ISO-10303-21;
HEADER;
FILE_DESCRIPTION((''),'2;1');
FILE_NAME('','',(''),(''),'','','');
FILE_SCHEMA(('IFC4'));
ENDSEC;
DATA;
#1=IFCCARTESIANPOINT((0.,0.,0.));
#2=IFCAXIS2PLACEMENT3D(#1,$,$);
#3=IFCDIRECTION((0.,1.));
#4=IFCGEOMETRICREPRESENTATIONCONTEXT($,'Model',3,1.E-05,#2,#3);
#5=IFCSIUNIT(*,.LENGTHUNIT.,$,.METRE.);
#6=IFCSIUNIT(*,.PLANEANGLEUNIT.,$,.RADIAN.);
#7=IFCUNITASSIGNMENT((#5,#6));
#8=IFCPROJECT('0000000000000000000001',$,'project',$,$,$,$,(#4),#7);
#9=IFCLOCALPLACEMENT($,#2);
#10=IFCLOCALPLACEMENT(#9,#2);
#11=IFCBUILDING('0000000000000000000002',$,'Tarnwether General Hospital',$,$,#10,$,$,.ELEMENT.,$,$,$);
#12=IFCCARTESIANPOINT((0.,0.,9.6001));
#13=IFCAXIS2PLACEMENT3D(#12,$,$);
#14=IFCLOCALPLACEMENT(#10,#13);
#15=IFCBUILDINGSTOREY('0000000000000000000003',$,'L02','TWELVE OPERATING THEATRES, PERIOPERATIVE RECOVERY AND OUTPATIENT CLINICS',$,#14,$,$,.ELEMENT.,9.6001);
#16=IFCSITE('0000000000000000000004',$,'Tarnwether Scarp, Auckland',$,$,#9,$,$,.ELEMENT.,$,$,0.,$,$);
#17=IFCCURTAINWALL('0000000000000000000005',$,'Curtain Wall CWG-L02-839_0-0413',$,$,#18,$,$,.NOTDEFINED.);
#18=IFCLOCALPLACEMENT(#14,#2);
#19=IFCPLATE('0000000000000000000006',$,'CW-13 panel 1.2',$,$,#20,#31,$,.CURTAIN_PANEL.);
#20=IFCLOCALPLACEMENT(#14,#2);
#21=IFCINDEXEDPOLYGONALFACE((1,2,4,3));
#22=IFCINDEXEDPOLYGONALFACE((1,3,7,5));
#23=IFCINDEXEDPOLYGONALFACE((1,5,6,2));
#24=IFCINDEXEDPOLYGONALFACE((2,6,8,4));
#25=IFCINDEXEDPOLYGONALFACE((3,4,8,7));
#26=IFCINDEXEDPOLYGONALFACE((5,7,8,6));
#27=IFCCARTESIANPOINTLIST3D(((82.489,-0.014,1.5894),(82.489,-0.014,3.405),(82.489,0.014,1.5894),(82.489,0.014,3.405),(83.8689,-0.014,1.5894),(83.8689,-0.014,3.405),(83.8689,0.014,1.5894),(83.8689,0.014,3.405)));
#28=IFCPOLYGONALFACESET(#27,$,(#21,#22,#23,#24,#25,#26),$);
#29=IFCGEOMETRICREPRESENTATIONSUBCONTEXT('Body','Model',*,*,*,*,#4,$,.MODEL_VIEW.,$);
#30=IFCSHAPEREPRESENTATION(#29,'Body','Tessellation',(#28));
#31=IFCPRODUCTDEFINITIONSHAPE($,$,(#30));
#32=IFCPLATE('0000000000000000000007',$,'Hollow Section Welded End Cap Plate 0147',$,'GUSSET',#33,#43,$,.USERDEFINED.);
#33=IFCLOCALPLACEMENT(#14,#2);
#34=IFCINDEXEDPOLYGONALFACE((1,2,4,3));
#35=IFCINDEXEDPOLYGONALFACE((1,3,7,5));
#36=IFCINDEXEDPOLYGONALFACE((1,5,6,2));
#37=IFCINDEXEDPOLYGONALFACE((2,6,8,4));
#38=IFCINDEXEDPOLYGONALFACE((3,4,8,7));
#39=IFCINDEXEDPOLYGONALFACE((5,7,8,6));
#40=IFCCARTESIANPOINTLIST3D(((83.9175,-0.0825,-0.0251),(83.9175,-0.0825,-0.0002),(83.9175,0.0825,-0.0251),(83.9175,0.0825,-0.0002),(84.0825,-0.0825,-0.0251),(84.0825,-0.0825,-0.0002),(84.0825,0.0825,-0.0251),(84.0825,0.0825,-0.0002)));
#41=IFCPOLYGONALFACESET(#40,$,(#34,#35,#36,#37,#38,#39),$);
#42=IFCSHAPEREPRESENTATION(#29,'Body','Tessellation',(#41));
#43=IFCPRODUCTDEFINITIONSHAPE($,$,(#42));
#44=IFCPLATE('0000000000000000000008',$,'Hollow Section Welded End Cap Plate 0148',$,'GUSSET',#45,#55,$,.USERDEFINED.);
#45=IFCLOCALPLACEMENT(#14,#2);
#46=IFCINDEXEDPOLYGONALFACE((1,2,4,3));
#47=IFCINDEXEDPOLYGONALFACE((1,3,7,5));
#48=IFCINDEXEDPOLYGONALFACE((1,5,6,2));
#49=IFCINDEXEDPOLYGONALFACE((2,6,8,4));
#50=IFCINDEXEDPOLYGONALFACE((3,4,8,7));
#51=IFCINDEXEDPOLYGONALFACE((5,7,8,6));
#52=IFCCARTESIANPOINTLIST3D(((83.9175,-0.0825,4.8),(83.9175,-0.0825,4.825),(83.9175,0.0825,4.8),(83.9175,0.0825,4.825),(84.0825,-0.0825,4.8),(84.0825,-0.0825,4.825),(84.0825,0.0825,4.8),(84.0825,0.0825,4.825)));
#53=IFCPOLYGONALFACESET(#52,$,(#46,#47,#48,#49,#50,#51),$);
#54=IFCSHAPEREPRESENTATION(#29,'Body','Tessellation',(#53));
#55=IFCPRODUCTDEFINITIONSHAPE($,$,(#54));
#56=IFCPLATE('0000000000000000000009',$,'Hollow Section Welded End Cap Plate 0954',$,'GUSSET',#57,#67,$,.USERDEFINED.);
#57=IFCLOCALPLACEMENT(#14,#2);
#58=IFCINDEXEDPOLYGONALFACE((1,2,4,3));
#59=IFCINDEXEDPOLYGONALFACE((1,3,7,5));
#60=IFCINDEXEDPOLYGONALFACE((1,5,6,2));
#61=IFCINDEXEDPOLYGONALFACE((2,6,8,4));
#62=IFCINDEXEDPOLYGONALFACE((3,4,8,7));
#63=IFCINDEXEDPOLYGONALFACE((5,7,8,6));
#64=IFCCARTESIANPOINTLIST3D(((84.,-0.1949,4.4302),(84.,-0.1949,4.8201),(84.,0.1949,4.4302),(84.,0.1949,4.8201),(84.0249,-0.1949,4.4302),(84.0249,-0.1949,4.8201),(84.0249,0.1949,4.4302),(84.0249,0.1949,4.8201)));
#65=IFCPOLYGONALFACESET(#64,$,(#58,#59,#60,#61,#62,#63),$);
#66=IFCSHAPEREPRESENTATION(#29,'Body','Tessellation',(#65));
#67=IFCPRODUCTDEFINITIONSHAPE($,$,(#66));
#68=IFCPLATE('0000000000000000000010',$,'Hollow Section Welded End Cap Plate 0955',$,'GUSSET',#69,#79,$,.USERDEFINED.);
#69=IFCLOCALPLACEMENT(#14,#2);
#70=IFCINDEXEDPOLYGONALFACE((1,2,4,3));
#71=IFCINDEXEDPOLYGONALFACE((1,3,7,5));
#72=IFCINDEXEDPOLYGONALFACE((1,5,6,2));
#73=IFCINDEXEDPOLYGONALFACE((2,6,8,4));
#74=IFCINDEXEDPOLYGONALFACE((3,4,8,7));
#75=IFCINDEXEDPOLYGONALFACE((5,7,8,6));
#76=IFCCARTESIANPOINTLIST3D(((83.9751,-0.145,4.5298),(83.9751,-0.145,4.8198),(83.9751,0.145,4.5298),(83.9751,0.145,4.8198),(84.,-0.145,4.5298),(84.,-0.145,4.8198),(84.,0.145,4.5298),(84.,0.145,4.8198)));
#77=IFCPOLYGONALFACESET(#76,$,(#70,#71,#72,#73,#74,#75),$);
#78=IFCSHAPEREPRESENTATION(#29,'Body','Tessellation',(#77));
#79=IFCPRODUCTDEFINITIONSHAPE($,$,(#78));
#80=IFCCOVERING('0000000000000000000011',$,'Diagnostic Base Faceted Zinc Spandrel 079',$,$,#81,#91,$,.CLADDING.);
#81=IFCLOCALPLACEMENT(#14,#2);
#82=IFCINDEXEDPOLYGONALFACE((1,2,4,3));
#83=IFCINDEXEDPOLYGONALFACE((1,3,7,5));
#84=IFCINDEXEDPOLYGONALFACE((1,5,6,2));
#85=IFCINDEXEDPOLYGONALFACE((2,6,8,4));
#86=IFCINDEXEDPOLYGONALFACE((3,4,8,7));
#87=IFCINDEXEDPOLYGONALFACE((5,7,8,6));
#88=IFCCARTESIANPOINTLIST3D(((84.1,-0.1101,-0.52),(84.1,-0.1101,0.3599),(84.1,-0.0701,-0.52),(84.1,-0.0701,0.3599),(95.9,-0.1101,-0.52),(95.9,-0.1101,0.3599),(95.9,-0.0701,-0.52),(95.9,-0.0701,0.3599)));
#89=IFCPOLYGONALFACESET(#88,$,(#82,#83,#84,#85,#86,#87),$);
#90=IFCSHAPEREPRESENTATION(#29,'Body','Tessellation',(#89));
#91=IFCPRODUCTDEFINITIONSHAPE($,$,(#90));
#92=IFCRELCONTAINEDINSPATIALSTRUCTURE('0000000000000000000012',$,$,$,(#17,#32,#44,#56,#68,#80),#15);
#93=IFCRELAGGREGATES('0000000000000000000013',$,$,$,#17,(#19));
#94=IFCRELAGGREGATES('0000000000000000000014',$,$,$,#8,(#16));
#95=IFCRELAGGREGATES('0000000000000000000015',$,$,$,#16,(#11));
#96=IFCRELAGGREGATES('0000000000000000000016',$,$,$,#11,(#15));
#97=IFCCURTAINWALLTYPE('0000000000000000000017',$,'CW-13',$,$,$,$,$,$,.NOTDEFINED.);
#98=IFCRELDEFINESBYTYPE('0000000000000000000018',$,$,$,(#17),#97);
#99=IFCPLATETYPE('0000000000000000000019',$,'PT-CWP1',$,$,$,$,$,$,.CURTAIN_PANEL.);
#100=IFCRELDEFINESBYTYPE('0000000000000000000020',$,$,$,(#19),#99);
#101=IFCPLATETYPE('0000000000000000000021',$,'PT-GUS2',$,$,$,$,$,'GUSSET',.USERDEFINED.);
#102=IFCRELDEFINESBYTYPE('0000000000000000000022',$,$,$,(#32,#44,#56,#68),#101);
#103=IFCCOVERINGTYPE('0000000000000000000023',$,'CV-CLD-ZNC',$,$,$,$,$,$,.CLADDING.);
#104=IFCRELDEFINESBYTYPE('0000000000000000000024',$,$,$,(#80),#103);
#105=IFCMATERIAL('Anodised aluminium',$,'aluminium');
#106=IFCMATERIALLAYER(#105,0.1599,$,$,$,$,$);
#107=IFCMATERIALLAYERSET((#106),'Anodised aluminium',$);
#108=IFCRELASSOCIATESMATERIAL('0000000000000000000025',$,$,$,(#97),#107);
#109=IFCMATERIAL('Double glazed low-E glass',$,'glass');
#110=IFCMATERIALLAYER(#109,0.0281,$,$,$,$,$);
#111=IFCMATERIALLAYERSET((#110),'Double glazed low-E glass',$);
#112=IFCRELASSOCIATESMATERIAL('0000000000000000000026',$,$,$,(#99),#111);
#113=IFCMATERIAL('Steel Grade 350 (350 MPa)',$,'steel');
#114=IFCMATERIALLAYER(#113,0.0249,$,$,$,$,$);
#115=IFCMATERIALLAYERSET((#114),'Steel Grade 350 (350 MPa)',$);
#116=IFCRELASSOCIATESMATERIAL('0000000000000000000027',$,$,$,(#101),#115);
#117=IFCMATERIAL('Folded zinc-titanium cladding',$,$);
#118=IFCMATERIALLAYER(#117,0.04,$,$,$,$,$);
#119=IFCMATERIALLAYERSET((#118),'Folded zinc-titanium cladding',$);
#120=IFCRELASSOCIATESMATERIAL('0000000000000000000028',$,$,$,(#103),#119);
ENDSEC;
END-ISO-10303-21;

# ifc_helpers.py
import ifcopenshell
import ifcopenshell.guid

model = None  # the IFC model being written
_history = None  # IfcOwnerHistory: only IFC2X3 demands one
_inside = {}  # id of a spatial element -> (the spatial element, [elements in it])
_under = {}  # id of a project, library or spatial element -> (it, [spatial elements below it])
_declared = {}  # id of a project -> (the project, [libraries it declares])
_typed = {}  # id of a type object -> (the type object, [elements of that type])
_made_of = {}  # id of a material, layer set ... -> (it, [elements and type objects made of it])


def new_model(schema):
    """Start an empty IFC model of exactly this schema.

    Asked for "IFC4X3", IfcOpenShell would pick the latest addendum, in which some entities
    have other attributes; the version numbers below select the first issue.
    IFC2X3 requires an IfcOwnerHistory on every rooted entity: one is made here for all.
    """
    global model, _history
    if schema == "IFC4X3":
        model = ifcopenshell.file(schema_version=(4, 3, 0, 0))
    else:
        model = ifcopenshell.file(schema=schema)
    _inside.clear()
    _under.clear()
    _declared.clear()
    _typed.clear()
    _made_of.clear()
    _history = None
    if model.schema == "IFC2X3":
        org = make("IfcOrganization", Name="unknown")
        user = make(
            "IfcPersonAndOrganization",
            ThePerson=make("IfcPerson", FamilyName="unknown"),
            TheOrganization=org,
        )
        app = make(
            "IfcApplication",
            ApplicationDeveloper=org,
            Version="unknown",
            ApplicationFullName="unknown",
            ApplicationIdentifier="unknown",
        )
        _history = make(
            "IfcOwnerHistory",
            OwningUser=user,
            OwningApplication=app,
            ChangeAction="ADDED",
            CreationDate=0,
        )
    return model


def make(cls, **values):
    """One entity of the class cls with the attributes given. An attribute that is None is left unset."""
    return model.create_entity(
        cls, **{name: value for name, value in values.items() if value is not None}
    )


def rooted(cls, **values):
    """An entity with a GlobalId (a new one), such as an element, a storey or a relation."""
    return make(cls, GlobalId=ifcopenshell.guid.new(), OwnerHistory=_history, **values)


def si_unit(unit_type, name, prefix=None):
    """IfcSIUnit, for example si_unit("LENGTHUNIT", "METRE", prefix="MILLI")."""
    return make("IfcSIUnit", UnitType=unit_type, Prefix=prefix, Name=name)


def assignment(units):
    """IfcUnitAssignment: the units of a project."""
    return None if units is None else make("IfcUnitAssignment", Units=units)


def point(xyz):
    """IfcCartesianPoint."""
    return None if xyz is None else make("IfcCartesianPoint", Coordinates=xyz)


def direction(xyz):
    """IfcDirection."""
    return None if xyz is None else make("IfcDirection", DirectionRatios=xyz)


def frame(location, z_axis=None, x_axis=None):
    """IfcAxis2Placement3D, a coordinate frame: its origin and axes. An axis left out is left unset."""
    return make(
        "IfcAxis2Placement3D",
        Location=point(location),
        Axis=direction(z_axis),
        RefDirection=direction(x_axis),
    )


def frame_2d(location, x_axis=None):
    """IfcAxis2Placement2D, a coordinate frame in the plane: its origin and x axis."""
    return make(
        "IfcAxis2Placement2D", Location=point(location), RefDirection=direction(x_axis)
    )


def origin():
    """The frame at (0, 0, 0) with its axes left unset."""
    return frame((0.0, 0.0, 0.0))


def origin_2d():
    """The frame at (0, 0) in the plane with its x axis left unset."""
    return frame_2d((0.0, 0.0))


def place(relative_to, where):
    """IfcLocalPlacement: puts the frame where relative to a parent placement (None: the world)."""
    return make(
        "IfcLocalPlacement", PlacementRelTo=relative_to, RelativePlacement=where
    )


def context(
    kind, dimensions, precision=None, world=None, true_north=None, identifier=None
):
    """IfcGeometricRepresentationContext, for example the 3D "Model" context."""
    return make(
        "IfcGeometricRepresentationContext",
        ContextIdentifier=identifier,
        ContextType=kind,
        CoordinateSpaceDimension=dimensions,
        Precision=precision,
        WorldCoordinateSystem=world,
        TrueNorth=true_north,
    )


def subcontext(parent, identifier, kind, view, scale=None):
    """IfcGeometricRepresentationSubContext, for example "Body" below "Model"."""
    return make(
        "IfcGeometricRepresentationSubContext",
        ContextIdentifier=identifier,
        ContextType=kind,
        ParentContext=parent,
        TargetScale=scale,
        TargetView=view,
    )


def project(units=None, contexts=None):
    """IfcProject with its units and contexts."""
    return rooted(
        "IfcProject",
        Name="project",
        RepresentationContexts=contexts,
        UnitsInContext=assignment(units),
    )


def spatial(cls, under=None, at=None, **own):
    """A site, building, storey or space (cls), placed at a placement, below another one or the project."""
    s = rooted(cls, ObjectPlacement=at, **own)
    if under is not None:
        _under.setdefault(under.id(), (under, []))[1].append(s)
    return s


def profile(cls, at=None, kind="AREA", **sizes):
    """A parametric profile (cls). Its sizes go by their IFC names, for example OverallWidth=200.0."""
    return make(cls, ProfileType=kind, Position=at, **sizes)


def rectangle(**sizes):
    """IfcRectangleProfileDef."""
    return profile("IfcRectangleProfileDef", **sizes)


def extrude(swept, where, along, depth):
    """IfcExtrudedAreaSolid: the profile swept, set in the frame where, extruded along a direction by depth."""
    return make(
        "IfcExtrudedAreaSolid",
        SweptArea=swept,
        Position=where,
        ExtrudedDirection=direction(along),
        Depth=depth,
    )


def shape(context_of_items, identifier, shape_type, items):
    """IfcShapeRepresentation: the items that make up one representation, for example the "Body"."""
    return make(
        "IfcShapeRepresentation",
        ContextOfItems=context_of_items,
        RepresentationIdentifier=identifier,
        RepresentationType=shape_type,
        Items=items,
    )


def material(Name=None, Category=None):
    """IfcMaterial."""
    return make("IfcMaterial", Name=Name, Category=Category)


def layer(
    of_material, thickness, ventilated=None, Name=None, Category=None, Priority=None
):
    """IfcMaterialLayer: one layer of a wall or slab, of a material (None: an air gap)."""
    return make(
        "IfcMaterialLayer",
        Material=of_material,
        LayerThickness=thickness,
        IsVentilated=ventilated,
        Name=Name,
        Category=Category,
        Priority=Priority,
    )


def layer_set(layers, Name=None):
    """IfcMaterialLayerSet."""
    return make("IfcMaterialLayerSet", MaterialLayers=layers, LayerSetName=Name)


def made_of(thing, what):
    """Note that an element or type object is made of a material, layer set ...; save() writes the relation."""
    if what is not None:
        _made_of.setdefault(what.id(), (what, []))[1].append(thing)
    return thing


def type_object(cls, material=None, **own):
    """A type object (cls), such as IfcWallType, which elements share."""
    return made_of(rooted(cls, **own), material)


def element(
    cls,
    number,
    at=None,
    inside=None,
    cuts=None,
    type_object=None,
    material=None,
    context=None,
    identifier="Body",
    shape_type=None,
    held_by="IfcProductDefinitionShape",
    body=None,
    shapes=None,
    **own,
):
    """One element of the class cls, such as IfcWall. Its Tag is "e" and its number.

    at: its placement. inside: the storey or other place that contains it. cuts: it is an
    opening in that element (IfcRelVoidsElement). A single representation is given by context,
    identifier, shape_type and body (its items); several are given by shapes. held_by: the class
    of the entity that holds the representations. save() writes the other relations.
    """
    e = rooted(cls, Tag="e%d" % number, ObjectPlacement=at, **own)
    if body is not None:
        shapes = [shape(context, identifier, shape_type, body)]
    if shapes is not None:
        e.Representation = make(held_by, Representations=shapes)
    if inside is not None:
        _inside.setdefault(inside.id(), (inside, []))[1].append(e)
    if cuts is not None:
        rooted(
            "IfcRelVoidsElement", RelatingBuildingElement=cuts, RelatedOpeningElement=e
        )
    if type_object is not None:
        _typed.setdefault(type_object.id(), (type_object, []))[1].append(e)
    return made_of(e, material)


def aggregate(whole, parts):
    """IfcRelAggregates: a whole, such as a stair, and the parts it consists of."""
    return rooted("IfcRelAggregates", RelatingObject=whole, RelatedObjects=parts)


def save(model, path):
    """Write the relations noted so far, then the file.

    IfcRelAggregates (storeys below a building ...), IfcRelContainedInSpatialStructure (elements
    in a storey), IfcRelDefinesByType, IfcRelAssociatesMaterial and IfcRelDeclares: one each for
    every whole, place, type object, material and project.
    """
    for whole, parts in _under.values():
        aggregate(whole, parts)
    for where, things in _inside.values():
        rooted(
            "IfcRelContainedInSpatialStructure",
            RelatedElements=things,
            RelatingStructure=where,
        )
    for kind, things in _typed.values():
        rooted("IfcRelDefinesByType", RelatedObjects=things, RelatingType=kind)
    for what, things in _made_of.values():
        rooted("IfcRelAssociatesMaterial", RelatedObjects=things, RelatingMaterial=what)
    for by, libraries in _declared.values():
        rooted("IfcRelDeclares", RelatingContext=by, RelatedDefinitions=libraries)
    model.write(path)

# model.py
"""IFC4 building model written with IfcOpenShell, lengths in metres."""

from ifc_helpers import new_model, si_unit, direction, frame, origin, origin_2d, place, context, subcontext, project, spatial, rectangle, extrude, material, layer, layer_set, type_object, element, aggregate, save


model = new_model("IFC4")

# Units and contexts
model_context = context("Model", 3, precision=1e-05, world=origin(), true_north=direction((0.0, 1.0)))
body_context = subcontext(model_context, "Body", "Model", "MODEL_VIEW")
ifc_project = project(units=[si_unit("LENGTHUNIT", "METRE"), si_unit("PLANEANGLEUNIT", "RADIAN")], contexts=[model_context])

# Site, building, storey
site_placement = place(None, origin())
site = spatial("IfcSite", under=ifc_project, at=site_placement, Name="Tarnwether Scarp, Auckland", CompositionType="ELEMENT", RefElevation=0.0)
building_placement = place(site_placement, origin())
building = spatial("IfcBuilding", under=site, at=building_placement, Name="Tarnwether General Hospital", CompositionType="ELEMENT")
storey_placement = place(building_placement, frame((0.0, 0.0, 9.6001)))
storey = spatial("IfcBuildingStorey", under=building, at=storey_placement, Name="L02", Description="TWELVE OPERATING THEATRES, PERIOPERATIVE RECOVERY AND OUTPATIENT CLINICS", CompositionType="ELEMENT", Elevation=9.6001)

# Shared definitions
ifc_material_1 = material(Name="Anodised aluminium", Category="aluminium")
ifc_layer_1 = layer(ifc_material_1, 0.1599)
ifc_layer_set_1 = layer_set([ifc_layer_1], Name="Anodised aluminium")
curtain_wall_type = type_object("IfcCurtainWallType", Name="CW-13", PredefinedType="NOTDEFINED", material=ifc_layer_set_1)

# Curtain wall
curtain_wall_1_placement = place(storey_placement, origin())
curtain_wall_1 = element("IfcCurtainWall", 1, at=curtain_wall_1_placement, inside=storey, type_object=curtain_wall_type, Name="Curtain Wall CWG-L02-839_0-0413", PredefinedType="NOTDEFINED")

# Plate
ifc_material_2 = material(Name="Double glazed low-E glass", Category="glass")
ifc_layer_2 = layer(ifc_material_2, 0.0281)
ifc_layer_set_2 = layer_set([ifc_layer_2], Name="Double glazed low-E glass")
plate_type_1 = type_object("IfcPlateType", Name="PT-CWP1", PredefinedType="CURTAIN_PANEL", material=ifc_layer_set_2)
plate_1_placement = place(storey_placement, frame((83.179, 0.0, 1.5894), z_axis=(0.0, 0.0, 1.0), x_axis=(-1.0, 0.0, 0.0)))
plate_1 = element("IfcPlate", 2, at=plate_1_placement, type_object=plate_type_1, Name="CW-13 panel 1.2", PredefinedType="CURTAIN_PANEL", context=body_context, shape_type="SweptSolid", body=[
    extrude(rectangle(XDim=1.3799, YDim=0.0281, at=origin_2d()), origin(), (0.0, 0.0, 1.0), 1.8157),
])
aggregate(curtain_wall_1, [plate_1])

# Plates
ifc_material_3 = material(Name="Steel Grade 350 (350 MPa)", Category="steel")
ifc_layer_3 = layer(ifc_material_3, 0.0249)
ifc_layer_set_3 = layer_set([ifc_layer_3], Name="Steel Grade 350 (350 MPa)")
plate_type_2 = type_object("IfcPlateType", Name="PT-GUS2", ElementType="GUSSET", PredefinedType="USERDEFINED", material=ifc_layer_set_3)
for number, where, z_axis, x_axis, name in (
    (3, (84.0, 0.0, -0.0251), (0.0, 0.0, 1.0), (1.0, 0.0, 0.0), "Hollow Section Welded End Cap Plate 0147"),
    (4, (84.0, 0.0, 4.8), (0.0, 0.0, 1.0), (1.0, 0.0, 0.0), "Hollow Section Welded End Cap Plate 0148"),
):
    element("IfcPlate", number, at=place(storey_placement, frame(where, z_axis=z_axis, x_axis=x_axis)), inside=storey, type_object=plate_type_2, Name=name, ObjectType="GUSSET", PredefinedType="USERDEFINED", context=body_context, shape_type="SweptSolid", body=[
        extrude(rectangle(XDim=0.165, YDim=0.165, at=origin_2d()), origin(), (0.0, 0.0, 1.0), 0.0249),
    ])
plate_2_placement = place(storey_placement, frame((84.0125, 0.0, 4.4302), z_axis=(0.0, 0.0, 1.0), x_axis=(1.0, 0.0, 0.0)))
element("IfcPlate", 5, at=plate_2_placement, inside=storey, type_object=plate_type_2, Name="Hollow Section Welded End Cap Plate 0954", ObjectType="GUSSET", PredefinedType="USERDEFINED", context=body_context, shape_type="SweptSolid", body=[
    extrude(rectangle(XDim=0.0249, YDim=0.3899, at=origin_2d()), origin(), (0.0, 0.0, 1.0), 0.3899),
])
plate_3_placement = place(storey_placement, frame((83.9875, 0.0, 4.5298), z_axis=(0.0, 0.0, 1.0), x_axis=(1.0, 0.0, 0.0)))
element("IfcPlate", 6, at=plate_3_placement, inside=storey, type_object=plate_type_2, Name="Hollow Section Welded End Cap Plate 0955", ObjectType="GUSSET", PredefinedType="USERDEFINED", context=body_context, shape_type="SweptSolid", body=[
    extrude(rectangle(XDim=0.0249, YDim=0.29, at=origin_2d()), origin(), (0.0, 0.0, 1.0), 0.29),
])

# Covering
ifc_material_4 = material(Name="Folded zinc-titanium cladding")
ifc_layer_4 = layer(ifc_material_4, 0.04)
ifc_layer_set_4 = layer_set([ifc_layer_4], Name="Folded zinc-titanium cladding")
covering_type = type_object("IfcCoveringType", Name="CV-CLD-ZNC", PredefinedType="CLADDING", material=ifc_layer_set_4)
covering_placement = place(storey_placement, frame((90.0, -0.0901, -0.52), z_axis=(0.0, 0.0, 1.0), x_axis=(1.0, 0.0, 0.0)))
element("IfcCovering", 7, at=covering_placement, inside=storey, type_object=covering_type, Name="Diagnostic Base Faceted Zinc Spandrel 079", PredefinedType="CLADDING", context=body_context, shape_type="SweptSolid", body=[
    extrude(rectangle(XDim=11.8, YDim=0.04, at=origin_2d()), origin(), (0.0, 0.0, 1.0), 0.8799),
])

save(model, "model.ifc")
